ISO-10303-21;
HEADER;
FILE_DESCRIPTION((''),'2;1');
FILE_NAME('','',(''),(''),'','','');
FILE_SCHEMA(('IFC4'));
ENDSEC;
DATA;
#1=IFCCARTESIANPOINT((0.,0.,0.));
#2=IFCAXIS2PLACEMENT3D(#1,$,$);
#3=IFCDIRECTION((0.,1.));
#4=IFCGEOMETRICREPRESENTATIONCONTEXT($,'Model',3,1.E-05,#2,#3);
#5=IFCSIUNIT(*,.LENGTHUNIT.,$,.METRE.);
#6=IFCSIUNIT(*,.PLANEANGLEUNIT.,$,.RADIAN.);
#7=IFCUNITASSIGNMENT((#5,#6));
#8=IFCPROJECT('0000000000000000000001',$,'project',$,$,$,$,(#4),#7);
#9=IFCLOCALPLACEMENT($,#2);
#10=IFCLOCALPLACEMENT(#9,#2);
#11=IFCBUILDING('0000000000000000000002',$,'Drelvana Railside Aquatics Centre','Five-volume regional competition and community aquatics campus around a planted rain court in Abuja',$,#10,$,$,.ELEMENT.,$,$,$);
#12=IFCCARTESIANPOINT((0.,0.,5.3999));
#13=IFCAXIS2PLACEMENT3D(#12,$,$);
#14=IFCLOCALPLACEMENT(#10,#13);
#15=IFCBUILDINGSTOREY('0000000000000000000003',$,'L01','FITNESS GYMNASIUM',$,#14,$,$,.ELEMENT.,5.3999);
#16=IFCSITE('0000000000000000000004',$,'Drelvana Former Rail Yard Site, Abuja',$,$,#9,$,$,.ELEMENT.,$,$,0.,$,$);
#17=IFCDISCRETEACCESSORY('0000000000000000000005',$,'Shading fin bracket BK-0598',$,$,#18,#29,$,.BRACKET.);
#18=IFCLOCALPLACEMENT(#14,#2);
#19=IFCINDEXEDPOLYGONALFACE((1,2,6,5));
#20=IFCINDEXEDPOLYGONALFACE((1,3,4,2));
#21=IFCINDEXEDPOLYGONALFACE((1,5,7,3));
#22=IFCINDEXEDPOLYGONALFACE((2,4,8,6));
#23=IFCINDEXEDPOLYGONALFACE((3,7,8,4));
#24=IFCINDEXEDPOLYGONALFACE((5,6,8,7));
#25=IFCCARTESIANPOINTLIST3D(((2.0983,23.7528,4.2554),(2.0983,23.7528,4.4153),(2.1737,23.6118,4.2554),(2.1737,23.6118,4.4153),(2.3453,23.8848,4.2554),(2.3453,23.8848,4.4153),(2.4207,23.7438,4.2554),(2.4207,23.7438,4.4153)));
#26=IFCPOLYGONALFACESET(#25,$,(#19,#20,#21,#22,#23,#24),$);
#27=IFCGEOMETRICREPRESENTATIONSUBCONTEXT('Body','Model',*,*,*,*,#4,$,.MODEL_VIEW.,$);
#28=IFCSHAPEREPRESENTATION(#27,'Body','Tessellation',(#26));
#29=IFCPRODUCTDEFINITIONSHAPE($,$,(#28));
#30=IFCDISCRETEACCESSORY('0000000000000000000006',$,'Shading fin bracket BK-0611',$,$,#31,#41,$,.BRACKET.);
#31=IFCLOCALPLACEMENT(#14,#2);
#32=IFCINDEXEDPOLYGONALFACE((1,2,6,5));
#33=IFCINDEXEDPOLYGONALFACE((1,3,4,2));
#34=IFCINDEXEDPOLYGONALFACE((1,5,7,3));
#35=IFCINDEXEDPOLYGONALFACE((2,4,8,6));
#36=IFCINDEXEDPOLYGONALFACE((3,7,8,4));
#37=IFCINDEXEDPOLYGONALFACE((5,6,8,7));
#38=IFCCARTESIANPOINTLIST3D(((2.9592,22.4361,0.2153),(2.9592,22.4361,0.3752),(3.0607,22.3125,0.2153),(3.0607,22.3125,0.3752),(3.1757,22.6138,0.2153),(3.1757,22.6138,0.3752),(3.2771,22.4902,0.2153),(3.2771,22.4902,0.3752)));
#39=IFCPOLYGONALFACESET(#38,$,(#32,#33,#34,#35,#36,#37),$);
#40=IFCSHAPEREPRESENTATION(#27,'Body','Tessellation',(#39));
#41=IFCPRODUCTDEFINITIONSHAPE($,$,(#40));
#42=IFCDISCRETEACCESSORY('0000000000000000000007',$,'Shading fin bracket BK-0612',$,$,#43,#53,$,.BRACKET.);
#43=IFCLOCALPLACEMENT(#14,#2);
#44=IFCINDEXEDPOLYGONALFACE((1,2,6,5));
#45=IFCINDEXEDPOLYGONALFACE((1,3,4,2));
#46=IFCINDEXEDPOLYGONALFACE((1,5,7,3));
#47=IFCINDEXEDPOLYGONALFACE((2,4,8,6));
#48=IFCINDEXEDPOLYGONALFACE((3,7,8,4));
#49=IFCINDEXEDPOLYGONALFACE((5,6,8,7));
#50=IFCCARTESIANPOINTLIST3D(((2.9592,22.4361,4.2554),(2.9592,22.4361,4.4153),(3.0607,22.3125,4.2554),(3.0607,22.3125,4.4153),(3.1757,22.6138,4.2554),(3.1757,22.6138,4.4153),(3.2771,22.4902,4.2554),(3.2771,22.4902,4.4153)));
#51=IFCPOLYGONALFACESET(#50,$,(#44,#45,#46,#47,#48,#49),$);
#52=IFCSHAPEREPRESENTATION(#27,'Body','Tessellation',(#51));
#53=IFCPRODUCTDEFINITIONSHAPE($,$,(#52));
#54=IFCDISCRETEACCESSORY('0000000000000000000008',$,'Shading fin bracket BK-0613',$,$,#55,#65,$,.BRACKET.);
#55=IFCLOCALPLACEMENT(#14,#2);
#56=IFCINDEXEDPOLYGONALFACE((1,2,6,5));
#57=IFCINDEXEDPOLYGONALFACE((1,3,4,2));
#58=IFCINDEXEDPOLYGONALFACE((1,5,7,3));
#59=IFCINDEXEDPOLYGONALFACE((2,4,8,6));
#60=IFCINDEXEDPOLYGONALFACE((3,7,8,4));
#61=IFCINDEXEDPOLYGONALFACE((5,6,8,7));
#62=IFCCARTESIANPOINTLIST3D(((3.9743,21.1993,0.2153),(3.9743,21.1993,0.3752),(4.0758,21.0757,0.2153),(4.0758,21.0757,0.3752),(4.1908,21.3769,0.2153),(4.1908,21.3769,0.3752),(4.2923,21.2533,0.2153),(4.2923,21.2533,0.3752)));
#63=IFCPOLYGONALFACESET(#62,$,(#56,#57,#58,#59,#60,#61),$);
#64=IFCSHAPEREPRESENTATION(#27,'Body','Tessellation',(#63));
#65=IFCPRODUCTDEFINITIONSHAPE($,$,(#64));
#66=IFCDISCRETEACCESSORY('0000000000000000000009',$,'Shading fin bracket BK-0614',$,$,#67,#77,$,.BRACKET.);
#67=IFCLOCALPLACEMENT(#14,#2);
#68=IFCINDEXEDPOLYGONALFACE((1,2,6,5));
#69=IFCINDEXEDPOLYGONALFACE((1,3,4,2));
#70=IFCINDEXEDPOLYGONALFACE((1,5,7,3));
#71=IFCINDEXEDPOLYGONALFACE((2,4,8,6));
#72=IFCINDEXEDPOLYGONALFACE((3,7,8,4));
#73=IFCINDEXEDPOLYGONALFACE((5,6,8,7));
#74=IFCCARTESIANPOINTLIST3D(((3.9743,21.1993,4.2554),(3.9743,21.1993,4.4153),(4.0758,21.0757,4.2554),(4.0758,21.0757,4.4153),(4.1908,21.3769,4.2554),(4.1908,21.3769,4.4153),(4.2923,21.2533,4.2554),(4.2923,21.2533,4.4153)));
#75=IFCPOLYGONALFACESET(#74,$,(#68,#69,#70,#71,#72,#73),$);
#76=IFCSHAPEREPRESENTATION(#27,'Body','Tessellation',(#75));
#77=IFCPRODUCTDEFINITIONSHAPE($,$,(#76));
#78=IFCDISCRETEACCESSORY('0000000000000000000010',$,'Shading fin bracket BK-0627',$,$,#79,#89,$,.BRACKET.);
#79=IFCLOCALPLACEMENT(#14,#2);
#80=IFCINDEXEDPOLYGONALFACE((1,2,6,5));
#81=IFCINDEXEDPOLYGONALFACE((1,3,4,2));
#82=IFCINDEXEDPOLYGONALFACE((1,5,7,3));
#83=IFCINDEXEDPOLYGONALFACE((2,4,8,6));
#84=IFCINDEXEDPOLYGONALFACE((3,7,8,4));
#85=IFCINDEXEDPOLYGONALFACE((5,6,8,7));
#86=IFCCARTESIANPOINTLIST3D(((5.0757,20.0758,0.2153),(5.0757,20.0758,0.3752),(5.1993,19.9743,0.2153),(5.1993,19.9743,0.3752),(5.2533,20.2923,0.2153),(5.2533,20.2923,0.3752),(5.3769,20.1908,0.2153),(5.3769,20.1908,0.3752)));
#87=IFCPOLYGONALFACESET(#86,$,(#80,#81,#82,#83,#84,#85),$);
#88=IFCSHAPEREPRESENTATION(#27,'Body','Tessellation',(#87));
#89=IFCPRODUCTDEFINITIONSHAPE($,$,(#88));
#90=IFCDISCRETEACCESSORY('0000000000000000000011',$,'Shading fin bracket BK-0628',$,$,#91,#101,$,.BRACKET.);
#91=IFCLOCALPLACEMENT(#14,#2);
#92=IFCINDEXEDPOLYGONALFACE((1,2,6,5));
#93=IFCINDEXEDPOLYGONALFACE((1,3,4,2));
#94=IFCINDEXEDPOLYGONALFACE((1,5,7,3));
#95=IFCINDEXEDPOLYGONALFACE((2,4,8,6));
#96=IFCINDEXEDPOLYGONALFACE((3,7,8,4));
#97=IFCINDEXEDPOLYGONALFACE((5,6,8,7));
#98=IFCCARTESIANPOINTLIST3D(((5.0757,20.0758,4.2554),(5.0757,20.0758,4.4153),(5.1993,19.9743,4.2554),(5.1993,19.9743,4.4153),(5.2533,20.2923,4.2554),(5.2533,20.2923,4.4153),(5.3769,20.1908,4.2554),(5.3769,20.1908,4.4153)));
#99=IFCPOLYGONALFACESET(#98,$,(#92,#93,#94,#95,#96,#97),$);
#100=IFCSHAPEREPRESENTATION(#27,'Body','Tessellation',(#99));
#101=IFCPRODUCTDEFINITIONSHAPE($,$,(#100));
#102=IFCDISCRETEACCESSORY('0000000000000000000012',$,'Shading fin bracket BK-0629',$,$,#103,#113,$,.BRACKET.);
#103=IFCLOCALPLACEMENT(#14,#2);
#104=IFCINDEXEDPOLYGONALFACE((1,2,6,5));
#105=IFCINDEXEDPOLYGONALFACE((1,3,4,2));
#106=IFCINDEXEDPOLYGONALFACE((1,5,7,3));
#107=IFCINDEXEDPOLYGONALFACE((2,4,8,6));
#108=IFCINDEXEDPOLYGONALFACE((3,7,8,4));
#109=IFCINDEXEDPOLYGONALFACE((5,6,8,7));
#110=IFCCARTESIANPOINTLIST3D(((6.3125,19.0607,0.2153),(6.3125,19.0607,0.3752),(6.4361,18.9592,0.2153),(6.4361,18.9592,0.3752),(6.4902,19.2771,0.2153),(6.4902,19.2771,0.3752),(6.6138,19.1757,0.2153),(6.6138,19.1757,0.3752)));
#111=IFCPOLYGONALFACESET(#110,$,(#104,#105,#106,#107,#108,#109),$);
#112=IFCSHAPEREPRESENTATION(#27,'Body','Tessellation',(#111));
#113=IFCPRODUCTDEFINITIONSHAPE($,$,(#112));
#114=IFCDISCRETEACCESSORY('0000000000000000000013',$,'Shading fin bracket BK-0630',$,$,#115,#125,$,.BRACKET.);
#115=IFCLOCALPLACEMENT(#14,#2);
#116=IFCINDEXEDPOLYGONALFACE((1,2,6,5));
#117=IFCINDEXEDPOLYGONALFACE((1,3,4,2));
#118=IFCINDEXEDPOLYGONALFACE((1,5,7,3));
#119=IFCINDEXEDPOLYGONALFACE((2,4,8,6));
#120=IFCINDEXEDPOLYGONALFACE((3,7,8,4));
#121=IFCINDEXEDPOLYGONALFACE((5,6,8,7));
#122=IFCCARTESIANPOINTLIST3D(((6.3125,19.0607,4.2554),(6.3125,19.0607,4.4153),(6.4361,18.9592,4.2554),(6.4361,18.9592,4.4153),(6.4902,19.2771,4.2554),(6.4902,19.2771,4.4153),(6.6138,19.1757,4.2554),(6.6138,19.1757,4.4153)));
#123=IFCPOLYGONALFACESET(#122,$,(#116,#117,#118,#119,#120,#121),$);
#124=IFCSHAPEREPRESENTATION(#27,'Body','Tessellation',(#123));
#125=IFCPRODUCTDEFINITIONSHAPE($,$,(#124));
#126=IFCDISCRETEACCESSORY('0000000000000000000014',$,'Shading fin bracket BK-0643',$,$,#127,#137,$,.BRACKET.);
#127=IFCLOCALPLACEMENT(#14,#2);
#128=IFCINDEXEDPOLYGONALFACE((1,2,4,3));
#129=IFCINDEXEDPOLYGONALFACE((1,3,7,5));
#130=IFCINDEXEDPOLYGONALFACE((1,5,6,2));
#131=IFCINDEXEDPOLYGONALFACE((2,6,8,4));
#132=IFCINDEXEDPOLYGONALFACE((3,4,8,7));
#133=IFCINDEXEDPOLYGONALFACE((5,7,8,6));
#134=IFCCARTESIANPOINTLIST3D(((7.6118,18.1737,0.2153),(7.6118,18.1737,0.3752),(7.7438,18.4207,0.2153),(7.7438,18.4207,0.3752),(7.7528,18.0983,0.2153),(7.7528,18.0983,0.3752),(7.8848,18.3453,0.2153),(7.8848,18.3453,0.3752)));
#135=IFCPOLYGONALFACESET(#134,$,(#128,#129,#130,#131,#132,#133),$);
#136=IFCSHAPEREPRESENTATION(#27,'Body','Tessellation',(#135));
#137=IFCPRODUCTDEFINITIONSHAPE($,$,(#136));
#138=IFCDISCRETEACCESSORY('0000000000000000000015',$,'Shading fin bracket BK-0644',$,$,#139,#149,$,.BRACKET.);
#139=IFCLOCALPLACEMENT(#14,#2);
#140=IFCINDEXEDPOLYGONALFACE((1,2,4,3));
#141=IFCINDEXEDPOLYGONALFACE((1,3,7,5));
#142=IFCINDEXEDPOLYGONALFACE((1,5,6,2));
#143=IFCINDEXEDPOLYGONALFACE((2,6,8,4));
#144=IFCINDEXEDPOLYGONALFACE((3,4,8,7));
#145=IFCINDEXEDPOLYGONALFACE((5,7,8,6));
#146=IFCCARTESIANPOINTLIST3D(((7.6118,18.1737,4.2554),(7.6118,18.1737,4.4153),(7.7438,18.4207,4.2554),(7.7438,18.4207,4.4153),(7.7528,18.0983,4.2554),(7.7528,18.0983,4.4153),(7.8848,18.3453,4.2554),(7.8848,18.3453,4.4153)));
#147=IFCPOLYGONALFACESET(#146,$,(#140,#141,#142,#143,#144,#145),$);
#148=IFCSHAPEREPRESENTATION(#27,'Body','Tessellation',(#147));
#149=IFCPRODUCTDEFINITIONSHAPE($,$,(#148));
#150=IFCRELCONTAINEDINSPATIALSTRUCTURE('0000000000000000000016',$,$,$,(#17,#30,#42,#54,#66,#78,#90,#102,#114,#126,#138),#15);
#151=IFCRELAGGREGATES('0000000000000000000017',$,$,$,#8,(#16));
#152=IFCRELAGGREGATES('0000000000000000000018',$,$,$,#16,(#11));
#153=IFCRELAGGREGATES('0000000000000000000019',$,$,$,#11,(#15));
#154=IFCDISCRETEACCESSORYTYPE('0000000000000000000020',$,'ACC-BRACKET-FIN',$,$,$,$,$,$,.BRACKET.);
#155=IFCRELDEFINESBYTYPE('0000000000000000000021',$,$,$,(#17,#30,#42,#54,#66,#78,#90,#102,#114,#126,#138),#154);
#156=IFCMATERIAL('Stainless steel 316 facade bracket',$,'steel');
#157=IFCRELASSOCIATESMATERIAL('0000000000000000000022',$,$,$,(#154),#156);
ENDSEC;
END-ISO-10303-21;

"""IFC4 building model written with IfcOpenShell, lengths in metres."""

from ifc_helpers import new_model, si_unit, direction, frame, origin, origin_2d, place, context, subcontext, project, spatial, rectangle, extrude, material, type_object, element, save


model = new_model("IFC4")

# Units and contexts
model_context = context("Model", 3, precision=1e-05, world=origin(), true_north=direction((0.0, 1.0)))
body_context = subcontext(model_context, "Body", "Model", "MODEL_VIEW")
ifc_project = project(units=[si_unit("LENGTHUNIT", "METRE"), si_unit("PLANEANGLEUNIT", "RADIAN")], contexts=[model_context])

# Site, building, storey
site_placement = place(None, origin())
site = spatial("IfcSite", under=ifc_project, at=site_placement, Name="Drelvana Former Rail Yard Site, Abuja", CompositionType="ELEMENT", RefElevation=0.0)
building_placement = place(site_placement, origin())
building = spatial("IfcBuilding", under=site, at=building_placement, Name="Drelvana Railside Aquatics Centre", Description="Five-volume regional competition and community aquatics campus around a planted rain court in Abuja", CompositionType="ELEMENT")
storey_placement = place(building_placement, frame((0.0, 0.0, 5.3999)))
storey = spatial("IfcBuildingStorey", under=building, at=storey_placement, Name="L01", Description="FITNESS GYMNASIUM", CompositionType="ELEMENT", Elevation=5.3999)

# Discrete accessories
ifc_material_1 = material(Name="Stainless steel 316 facade bracket", Category="steel")
discrete_accessory_type = type_object("IfcDiscreteAccessoryType", Name="ACC-BRACKET-FIN", PredefinedType="BRACKET", material=ifc_material_1)
for number, where, z_axis, x_axis, name in (
    (1, (2.2595, 23.7483, 4.2554), (0.0, 0.0, 1.0), (-0.881921, -0.471397, 0.0), "Shading fin bracket BK-0598"),
    (2, (3.1182, 22.4631, 0.2153), (0.0, 0.0, 1.0), (-0.77301, -0.634393, 0.0), "Shading fin bracket BK-0611"),
    (3, (3.1182, 22.4631, 4.2554), (0.0, 0.0, 1.0), (-0.77301, -0.634393, 0.0), "Shading fin bracket BK-0612"),
    (4, (4.1333, 21.2263, 0.2153), (0.0, 0.0, 1.0), (-0.77301, -0.634393, 0.0), "Shading fin bracket BK-0613"),
    (5, (4.1333, 21.2263, 4.2554), (0.0, 0.0, 1.0), (-0.77301, -0.634393, 0.0), "Shading fin bracket BK-0614"),
    (6, (5.2263, 20.1333, 0.2153), (0.0, 0.0, 1.0), (-0.634393, -0.77301, 0.0), "Shading fin bracket BK-0627"),
    (7, (5.2263, 20.1333, 4.2554), (0.0, 0.0, 1.0), (-0.634393, -0.77301, 0.0), "Shading fin bracket BK-0628"),
    (8, (6.4631, 19.1182, 0.2153), (0.0, 0.0, 1.0), (-0.634393, -0.77301, 0.0), "Shading fin bracket BK-0629"),
    (9, (6.4631, 19.1182, 4.2554), (0.0, 0.0, 1.0), (-0.634393, -0.77301, 0.0), "Shading fin bracket BK-0630"),
    (10, (7.7483, 18.2595, 0.2153), (0.0, 0.0, 1.0), (-0.471397, -0.881921, 0.0), "Shading fin bracket BK-0643"),
    (11, (7.7483, 18.2595, 4.2554), (0.0, 0.0, 1.0), (-0.471397, -0.881921, 0.0), "Shading fin bracket BK-0644"),
):
    element("IfcDiscreteAccessory", number, at=place(storey_placement, frame(where, z_axis=z_axis, x_axis=x_axis)), inside=storey, type_object=discrete_accessory_type, Name=name, PredefinedType="BRACKET", context=body_context, shape_type="SweptSolid", body=[
        extrude(rectangle(XDim=0.28, YDim=0.1599, at=origin_2d()), origin(), (0.0, 0.0, 1.0), 0.1599),
    ])

save(model, "model.ifc")
